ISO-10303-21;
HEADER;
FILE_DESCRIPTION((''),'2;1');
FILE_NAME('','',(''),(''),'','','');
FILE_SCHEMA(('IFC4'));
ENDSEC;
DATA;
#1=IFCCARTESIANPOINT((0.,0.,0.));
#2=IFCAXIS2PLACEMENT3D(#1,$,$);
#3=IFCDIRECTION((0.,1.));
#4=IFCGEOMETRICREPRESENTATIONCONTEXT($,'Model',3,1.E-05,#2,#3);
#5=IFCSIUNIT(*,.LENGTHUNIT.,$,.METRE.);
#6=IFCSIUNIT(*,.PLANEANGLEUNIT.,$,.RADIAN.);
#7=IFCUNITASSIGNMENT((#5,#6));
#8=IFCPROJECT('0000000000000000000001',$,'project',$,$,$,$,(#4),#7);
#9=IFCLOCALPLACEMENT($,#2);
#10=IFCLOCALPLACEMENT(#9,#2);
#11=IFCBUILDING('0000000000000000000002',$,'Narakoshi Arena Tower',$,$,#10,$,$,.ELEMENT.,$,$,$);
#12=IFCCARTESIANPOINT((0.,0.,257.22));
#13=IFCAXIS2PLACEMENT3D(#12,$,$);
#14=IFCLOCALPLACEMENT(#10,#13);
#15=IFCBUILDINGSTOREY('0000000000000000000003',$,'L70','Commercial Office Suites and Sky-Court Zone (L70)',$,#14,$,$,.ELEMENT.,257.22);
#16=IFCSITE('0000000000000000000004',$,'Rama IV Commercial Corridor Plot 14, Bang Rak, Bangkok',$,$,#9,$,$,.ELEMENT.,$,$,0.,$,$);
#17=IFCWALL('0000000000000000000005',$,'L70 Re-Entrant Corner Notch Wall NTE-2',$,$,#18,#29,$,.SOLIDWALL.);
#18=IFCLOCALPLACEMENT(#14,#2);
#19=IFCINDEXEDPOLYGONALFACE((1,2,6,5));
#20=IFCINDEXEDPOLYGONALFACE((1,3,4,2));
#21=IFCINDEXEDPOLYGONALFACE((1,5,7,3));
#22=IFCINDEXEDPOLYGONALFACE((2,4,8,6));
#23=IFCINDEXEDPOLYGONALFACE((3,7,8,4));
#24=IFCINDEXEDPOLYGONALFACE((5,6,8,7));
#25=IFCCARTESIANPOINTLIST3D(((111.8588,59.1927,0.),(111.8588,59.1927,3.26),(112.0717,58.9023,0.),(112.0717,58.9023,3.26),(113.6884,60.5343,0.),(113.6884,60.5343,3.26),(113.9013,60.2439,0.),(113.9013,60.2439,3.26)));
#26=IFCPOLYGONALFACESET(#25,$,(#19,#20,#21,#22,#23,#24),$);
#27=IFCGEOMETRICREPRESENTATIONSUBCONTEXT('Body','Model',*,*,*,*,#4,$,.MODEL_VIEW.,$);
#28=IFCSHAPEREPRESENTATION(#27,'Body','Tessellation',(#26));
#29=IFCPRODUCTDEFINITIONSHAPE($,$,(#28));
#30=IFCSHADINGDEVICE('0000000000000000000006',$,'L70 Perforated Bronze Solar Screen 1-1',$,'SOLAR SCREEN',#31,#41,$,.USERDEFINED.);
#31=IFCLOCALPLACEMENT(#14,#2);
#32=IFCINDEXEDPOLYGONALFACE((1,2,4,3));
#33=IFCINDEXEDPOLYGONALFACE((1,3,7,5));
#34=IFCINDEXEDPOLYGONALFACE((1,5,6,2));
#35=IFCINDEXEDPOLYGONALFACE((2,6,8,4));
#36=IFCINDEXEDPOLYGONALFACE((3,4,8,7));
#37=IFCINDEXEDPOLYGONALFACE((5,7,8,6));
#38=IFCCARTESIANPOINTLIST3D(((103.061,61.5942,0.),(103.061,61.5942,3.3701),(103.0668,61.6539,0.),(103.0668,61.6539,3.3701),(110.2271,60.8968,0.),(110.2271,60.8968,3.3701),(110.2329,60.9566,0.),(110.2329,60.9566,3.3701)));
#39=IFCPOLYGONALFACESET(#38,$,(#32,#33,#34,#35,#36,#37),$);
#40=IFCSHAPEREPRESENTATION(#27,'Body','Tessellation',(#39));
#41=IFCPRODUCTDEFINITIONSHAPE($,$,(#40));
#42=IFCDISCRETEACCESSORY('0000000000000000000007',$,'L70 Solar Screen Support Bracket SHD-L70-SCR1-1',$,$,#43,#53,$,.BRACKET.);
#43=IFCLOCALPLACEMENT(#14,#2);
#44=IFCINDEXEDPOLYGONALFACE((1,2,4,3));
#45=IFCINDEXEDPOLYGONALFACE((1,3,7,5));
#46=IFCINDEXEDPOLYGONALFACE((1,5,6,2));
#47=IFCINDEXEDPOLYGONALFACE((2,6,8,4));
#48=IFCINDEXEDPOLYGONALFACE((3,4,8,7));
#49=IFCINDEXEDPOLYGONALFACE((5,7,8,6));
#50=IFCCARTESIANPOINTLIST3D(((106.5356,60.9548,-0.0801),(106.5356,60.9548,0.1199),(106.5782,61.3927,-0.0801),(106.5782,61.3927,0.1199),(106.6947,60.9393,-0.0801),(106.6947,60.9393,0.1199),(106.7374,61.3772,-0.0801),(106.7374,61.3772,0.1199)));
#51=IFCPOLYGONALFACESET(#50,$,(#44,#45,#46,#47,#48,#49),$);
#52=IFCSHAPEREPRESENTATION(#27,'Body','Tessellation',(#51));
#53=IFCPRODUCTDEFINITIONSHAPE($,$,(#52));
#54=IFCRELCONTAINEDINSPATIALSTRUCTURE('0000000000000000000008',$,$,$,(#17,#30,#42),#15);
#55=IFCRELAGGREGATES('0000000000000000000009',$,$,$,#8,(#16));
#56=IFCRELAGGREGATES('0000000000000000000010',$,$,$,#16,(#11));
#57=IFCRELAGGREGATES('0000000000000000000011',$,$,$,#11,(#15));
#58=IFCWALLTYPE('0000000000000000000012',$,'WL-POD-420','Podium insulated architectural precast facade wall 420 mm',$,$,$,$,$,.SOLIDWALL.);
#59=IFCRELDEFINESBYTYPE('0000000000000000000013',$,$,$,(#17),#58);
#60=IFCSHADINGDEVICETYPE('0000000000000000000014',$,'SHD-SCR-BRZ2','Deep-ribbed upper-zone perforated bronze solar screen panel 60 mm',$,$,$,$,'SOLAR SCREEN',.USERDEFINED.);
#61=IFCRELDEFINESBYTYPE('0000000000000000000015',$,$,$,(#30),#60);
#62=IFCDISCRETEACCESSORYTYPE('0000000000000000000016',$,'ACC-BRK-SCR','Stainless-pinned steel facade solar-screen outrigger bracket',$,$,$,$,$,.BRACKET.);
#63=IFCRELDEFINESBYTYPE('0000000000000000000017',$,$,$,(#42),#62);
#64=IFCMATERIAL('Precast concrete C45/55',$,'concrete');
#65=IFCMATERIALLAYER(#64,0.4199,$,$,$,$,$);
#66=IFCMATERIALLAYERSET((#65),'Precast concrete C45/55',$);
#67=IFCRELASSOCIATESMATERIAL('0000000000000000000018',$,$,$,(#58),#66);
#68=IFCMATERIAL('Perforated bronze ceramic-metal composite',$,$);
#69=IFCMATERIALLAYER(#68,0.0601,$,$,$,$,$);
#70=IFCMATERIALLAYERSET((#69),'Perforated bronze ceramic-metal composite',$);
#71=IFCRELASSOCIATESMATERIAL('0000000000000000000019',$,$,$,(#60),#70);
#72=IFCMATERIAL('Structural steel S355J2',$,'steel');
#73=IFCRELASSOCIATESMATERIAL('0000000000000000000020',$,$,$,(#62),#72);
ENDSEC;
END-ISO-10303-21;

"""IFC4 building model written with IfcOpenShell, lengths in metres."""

from ifc_helpers import new_model, si_unit, direction, frame, frame_2d, origin, origin_2d, place, context, subcontext, project, spatial, rectangle, extrude, material, layer, layer_set, type_object, element, save


model = new_model("IFC4")

# Units and contexts
model_context = context("Model", 3, precision=1e-05, world=origin(), true_north=direction((0.0, 1.0)))
body_context = subcontext(model_context, "Body", "Model", "MODEL_VIEW")
ifc_project = project(units=[si_unit("LENGTHUNIT", "METRE"), si_unit("PLANEANGLEUNIT", "RADIAN")], contexts=[model_context])

# Site, building, storey
site_placement = place(None, origin())
site = spatial("IfcSite", under=ifc_project, at=site_placement, Name="Rama IV Commercial Corridor Plot 14, Bang Rak, Bangkok", CompositionType="ELEMENT", RefElevation=0.0)
building_placement = place(site_placement, origin())
building = spatial("IfcBuilding", under=site, at=building_placement, Name="Narakoshi Arena Tower", CompositionType="ELEMENT")
storey_placement = place(building_placement, frame((0.0, 0.0, 257.22)))
storey = spatial("IfcBuildingStorey", under=building, at=storey_placement, Name="L70", Description="Commercial Office Suites and Sky-Court Zone (L70)", CompositionType="ELEMENT", Elevation=257.22)

# Shared definitions
ifc_material_1 = material(Name="Structural steel S355J2", Category="steel")

# Shared definitions
ifc_material_2 = material(Name="Precast concrete C45/55", Category="concrete")

# Shared definitions
ifc_layer_1 = layer(ifc_material_2, 0.4199)
ifc_layer_set_1 = layer_set([ifc_layer_1], Name="Precast concrete C45/55")
wall_type_1 = type_object("IfcWallType", Name="WL-POD-420", Description="Podium insulated architectural precast facade wall 420 mm", PredefinedType="SOLIDWALL", material=ifc_layer_set_1)

# Wall
wall_1_placement = place(storey_placement, frame((111.9653, 59.0476, 0.0), z_axis=(0.0, 0.0, 1.0), x_axis=(0.806436, 0.591322, 0.0)))
element("IfcWall", 1, at=wall_1_placement, inside=storey, type_object=wall_type_1, Name="L70 Re-Entrant Corner Notch Wall NTE-2", PredefinedType="SOLIDWALL", context=body_context, shape_type="SweptSolid", body=[
    extrude(rectangle(XDim=2.2688, YDim=0.3601, at=frame_2d((1.1343, 0.0))), origin(), (0.0, 0.0, 1.0), 3.26),
])

# Shading device
ifc_material_3 = material(Name="Perforated bronze ceramic-metal composite")
ifc_layer_2 = layer(ifc_material_3, 0.0601)
ifc_layer_set_2 = layer_set([ifc_layer_2], Name="Perforated bronze ceramic-metal composite")
shading_device_type = type_object("IfcShadingDeviceType", Name="SHD-SCR-BRZ2", Description="Deep-ribbed upper-zone perforated bronze solar screen panel 60 mm", ElementType="SOLAR SCREEN", PredefinedType="USERDEFINED", material=ifc_layer_set_2)
shading_device_placement = place(storey_placement, frame((106.647, 61.2754, 0.0), z_axis=(0.0, 0.0, 1.0), x_axis=(-0.995299, 0.096853, 0.0)))
element("IfcShadingDevice", 2, at=shading_device_placement, inside=storey, type_object=shading_device_type, Name="L70 Perforated Bronze Solar Screen 1-1", ObjectType="SOLAR SCREEN", PredefinedType="USERDEFINED", context=body_context, shape_type="SweptSolid", body=[
    extrude(rectangle(XDim=7.2, YDim=0.0601, at=origin_2d()), origin(), (0.0, 0.0, 1.0), 3.3701),
])

# Discrete accessory
discrete_accessory_type = type_object("IfcDiscreteAccessoryType", Name="ACC-BRK-SCR", Description="Stainless-pinned steel facade solar-screen outrigger bracket", PredefinedType="BRACKET", material=ifc_material_1)
discrete_accessory_placement = place(storey_placement, frame((106.6365, 61.166, -0.0801), z_axis=(0.0, 0.0, 1.0), x_axis=(-0.995299, 0.096853, 0.0)))
element("IfcDiscreteAccessory", 3, at=discrete_accessory_placement, inside=storey, type_object=discrete_accessory_type, Name="L70 Solar Screen Support Bracket SHD-L70-SCR1-1", PredefinedType="BRACKET", context=body_context, shape_type="SweptSolid", body=[
    extrude(rectangle(XDim=0.1599, YDim=0.4399, at=origin_2d()), origin(), (0.0, 0.0, 1.0), 0.2),
])

save(model, "model.ifc")
